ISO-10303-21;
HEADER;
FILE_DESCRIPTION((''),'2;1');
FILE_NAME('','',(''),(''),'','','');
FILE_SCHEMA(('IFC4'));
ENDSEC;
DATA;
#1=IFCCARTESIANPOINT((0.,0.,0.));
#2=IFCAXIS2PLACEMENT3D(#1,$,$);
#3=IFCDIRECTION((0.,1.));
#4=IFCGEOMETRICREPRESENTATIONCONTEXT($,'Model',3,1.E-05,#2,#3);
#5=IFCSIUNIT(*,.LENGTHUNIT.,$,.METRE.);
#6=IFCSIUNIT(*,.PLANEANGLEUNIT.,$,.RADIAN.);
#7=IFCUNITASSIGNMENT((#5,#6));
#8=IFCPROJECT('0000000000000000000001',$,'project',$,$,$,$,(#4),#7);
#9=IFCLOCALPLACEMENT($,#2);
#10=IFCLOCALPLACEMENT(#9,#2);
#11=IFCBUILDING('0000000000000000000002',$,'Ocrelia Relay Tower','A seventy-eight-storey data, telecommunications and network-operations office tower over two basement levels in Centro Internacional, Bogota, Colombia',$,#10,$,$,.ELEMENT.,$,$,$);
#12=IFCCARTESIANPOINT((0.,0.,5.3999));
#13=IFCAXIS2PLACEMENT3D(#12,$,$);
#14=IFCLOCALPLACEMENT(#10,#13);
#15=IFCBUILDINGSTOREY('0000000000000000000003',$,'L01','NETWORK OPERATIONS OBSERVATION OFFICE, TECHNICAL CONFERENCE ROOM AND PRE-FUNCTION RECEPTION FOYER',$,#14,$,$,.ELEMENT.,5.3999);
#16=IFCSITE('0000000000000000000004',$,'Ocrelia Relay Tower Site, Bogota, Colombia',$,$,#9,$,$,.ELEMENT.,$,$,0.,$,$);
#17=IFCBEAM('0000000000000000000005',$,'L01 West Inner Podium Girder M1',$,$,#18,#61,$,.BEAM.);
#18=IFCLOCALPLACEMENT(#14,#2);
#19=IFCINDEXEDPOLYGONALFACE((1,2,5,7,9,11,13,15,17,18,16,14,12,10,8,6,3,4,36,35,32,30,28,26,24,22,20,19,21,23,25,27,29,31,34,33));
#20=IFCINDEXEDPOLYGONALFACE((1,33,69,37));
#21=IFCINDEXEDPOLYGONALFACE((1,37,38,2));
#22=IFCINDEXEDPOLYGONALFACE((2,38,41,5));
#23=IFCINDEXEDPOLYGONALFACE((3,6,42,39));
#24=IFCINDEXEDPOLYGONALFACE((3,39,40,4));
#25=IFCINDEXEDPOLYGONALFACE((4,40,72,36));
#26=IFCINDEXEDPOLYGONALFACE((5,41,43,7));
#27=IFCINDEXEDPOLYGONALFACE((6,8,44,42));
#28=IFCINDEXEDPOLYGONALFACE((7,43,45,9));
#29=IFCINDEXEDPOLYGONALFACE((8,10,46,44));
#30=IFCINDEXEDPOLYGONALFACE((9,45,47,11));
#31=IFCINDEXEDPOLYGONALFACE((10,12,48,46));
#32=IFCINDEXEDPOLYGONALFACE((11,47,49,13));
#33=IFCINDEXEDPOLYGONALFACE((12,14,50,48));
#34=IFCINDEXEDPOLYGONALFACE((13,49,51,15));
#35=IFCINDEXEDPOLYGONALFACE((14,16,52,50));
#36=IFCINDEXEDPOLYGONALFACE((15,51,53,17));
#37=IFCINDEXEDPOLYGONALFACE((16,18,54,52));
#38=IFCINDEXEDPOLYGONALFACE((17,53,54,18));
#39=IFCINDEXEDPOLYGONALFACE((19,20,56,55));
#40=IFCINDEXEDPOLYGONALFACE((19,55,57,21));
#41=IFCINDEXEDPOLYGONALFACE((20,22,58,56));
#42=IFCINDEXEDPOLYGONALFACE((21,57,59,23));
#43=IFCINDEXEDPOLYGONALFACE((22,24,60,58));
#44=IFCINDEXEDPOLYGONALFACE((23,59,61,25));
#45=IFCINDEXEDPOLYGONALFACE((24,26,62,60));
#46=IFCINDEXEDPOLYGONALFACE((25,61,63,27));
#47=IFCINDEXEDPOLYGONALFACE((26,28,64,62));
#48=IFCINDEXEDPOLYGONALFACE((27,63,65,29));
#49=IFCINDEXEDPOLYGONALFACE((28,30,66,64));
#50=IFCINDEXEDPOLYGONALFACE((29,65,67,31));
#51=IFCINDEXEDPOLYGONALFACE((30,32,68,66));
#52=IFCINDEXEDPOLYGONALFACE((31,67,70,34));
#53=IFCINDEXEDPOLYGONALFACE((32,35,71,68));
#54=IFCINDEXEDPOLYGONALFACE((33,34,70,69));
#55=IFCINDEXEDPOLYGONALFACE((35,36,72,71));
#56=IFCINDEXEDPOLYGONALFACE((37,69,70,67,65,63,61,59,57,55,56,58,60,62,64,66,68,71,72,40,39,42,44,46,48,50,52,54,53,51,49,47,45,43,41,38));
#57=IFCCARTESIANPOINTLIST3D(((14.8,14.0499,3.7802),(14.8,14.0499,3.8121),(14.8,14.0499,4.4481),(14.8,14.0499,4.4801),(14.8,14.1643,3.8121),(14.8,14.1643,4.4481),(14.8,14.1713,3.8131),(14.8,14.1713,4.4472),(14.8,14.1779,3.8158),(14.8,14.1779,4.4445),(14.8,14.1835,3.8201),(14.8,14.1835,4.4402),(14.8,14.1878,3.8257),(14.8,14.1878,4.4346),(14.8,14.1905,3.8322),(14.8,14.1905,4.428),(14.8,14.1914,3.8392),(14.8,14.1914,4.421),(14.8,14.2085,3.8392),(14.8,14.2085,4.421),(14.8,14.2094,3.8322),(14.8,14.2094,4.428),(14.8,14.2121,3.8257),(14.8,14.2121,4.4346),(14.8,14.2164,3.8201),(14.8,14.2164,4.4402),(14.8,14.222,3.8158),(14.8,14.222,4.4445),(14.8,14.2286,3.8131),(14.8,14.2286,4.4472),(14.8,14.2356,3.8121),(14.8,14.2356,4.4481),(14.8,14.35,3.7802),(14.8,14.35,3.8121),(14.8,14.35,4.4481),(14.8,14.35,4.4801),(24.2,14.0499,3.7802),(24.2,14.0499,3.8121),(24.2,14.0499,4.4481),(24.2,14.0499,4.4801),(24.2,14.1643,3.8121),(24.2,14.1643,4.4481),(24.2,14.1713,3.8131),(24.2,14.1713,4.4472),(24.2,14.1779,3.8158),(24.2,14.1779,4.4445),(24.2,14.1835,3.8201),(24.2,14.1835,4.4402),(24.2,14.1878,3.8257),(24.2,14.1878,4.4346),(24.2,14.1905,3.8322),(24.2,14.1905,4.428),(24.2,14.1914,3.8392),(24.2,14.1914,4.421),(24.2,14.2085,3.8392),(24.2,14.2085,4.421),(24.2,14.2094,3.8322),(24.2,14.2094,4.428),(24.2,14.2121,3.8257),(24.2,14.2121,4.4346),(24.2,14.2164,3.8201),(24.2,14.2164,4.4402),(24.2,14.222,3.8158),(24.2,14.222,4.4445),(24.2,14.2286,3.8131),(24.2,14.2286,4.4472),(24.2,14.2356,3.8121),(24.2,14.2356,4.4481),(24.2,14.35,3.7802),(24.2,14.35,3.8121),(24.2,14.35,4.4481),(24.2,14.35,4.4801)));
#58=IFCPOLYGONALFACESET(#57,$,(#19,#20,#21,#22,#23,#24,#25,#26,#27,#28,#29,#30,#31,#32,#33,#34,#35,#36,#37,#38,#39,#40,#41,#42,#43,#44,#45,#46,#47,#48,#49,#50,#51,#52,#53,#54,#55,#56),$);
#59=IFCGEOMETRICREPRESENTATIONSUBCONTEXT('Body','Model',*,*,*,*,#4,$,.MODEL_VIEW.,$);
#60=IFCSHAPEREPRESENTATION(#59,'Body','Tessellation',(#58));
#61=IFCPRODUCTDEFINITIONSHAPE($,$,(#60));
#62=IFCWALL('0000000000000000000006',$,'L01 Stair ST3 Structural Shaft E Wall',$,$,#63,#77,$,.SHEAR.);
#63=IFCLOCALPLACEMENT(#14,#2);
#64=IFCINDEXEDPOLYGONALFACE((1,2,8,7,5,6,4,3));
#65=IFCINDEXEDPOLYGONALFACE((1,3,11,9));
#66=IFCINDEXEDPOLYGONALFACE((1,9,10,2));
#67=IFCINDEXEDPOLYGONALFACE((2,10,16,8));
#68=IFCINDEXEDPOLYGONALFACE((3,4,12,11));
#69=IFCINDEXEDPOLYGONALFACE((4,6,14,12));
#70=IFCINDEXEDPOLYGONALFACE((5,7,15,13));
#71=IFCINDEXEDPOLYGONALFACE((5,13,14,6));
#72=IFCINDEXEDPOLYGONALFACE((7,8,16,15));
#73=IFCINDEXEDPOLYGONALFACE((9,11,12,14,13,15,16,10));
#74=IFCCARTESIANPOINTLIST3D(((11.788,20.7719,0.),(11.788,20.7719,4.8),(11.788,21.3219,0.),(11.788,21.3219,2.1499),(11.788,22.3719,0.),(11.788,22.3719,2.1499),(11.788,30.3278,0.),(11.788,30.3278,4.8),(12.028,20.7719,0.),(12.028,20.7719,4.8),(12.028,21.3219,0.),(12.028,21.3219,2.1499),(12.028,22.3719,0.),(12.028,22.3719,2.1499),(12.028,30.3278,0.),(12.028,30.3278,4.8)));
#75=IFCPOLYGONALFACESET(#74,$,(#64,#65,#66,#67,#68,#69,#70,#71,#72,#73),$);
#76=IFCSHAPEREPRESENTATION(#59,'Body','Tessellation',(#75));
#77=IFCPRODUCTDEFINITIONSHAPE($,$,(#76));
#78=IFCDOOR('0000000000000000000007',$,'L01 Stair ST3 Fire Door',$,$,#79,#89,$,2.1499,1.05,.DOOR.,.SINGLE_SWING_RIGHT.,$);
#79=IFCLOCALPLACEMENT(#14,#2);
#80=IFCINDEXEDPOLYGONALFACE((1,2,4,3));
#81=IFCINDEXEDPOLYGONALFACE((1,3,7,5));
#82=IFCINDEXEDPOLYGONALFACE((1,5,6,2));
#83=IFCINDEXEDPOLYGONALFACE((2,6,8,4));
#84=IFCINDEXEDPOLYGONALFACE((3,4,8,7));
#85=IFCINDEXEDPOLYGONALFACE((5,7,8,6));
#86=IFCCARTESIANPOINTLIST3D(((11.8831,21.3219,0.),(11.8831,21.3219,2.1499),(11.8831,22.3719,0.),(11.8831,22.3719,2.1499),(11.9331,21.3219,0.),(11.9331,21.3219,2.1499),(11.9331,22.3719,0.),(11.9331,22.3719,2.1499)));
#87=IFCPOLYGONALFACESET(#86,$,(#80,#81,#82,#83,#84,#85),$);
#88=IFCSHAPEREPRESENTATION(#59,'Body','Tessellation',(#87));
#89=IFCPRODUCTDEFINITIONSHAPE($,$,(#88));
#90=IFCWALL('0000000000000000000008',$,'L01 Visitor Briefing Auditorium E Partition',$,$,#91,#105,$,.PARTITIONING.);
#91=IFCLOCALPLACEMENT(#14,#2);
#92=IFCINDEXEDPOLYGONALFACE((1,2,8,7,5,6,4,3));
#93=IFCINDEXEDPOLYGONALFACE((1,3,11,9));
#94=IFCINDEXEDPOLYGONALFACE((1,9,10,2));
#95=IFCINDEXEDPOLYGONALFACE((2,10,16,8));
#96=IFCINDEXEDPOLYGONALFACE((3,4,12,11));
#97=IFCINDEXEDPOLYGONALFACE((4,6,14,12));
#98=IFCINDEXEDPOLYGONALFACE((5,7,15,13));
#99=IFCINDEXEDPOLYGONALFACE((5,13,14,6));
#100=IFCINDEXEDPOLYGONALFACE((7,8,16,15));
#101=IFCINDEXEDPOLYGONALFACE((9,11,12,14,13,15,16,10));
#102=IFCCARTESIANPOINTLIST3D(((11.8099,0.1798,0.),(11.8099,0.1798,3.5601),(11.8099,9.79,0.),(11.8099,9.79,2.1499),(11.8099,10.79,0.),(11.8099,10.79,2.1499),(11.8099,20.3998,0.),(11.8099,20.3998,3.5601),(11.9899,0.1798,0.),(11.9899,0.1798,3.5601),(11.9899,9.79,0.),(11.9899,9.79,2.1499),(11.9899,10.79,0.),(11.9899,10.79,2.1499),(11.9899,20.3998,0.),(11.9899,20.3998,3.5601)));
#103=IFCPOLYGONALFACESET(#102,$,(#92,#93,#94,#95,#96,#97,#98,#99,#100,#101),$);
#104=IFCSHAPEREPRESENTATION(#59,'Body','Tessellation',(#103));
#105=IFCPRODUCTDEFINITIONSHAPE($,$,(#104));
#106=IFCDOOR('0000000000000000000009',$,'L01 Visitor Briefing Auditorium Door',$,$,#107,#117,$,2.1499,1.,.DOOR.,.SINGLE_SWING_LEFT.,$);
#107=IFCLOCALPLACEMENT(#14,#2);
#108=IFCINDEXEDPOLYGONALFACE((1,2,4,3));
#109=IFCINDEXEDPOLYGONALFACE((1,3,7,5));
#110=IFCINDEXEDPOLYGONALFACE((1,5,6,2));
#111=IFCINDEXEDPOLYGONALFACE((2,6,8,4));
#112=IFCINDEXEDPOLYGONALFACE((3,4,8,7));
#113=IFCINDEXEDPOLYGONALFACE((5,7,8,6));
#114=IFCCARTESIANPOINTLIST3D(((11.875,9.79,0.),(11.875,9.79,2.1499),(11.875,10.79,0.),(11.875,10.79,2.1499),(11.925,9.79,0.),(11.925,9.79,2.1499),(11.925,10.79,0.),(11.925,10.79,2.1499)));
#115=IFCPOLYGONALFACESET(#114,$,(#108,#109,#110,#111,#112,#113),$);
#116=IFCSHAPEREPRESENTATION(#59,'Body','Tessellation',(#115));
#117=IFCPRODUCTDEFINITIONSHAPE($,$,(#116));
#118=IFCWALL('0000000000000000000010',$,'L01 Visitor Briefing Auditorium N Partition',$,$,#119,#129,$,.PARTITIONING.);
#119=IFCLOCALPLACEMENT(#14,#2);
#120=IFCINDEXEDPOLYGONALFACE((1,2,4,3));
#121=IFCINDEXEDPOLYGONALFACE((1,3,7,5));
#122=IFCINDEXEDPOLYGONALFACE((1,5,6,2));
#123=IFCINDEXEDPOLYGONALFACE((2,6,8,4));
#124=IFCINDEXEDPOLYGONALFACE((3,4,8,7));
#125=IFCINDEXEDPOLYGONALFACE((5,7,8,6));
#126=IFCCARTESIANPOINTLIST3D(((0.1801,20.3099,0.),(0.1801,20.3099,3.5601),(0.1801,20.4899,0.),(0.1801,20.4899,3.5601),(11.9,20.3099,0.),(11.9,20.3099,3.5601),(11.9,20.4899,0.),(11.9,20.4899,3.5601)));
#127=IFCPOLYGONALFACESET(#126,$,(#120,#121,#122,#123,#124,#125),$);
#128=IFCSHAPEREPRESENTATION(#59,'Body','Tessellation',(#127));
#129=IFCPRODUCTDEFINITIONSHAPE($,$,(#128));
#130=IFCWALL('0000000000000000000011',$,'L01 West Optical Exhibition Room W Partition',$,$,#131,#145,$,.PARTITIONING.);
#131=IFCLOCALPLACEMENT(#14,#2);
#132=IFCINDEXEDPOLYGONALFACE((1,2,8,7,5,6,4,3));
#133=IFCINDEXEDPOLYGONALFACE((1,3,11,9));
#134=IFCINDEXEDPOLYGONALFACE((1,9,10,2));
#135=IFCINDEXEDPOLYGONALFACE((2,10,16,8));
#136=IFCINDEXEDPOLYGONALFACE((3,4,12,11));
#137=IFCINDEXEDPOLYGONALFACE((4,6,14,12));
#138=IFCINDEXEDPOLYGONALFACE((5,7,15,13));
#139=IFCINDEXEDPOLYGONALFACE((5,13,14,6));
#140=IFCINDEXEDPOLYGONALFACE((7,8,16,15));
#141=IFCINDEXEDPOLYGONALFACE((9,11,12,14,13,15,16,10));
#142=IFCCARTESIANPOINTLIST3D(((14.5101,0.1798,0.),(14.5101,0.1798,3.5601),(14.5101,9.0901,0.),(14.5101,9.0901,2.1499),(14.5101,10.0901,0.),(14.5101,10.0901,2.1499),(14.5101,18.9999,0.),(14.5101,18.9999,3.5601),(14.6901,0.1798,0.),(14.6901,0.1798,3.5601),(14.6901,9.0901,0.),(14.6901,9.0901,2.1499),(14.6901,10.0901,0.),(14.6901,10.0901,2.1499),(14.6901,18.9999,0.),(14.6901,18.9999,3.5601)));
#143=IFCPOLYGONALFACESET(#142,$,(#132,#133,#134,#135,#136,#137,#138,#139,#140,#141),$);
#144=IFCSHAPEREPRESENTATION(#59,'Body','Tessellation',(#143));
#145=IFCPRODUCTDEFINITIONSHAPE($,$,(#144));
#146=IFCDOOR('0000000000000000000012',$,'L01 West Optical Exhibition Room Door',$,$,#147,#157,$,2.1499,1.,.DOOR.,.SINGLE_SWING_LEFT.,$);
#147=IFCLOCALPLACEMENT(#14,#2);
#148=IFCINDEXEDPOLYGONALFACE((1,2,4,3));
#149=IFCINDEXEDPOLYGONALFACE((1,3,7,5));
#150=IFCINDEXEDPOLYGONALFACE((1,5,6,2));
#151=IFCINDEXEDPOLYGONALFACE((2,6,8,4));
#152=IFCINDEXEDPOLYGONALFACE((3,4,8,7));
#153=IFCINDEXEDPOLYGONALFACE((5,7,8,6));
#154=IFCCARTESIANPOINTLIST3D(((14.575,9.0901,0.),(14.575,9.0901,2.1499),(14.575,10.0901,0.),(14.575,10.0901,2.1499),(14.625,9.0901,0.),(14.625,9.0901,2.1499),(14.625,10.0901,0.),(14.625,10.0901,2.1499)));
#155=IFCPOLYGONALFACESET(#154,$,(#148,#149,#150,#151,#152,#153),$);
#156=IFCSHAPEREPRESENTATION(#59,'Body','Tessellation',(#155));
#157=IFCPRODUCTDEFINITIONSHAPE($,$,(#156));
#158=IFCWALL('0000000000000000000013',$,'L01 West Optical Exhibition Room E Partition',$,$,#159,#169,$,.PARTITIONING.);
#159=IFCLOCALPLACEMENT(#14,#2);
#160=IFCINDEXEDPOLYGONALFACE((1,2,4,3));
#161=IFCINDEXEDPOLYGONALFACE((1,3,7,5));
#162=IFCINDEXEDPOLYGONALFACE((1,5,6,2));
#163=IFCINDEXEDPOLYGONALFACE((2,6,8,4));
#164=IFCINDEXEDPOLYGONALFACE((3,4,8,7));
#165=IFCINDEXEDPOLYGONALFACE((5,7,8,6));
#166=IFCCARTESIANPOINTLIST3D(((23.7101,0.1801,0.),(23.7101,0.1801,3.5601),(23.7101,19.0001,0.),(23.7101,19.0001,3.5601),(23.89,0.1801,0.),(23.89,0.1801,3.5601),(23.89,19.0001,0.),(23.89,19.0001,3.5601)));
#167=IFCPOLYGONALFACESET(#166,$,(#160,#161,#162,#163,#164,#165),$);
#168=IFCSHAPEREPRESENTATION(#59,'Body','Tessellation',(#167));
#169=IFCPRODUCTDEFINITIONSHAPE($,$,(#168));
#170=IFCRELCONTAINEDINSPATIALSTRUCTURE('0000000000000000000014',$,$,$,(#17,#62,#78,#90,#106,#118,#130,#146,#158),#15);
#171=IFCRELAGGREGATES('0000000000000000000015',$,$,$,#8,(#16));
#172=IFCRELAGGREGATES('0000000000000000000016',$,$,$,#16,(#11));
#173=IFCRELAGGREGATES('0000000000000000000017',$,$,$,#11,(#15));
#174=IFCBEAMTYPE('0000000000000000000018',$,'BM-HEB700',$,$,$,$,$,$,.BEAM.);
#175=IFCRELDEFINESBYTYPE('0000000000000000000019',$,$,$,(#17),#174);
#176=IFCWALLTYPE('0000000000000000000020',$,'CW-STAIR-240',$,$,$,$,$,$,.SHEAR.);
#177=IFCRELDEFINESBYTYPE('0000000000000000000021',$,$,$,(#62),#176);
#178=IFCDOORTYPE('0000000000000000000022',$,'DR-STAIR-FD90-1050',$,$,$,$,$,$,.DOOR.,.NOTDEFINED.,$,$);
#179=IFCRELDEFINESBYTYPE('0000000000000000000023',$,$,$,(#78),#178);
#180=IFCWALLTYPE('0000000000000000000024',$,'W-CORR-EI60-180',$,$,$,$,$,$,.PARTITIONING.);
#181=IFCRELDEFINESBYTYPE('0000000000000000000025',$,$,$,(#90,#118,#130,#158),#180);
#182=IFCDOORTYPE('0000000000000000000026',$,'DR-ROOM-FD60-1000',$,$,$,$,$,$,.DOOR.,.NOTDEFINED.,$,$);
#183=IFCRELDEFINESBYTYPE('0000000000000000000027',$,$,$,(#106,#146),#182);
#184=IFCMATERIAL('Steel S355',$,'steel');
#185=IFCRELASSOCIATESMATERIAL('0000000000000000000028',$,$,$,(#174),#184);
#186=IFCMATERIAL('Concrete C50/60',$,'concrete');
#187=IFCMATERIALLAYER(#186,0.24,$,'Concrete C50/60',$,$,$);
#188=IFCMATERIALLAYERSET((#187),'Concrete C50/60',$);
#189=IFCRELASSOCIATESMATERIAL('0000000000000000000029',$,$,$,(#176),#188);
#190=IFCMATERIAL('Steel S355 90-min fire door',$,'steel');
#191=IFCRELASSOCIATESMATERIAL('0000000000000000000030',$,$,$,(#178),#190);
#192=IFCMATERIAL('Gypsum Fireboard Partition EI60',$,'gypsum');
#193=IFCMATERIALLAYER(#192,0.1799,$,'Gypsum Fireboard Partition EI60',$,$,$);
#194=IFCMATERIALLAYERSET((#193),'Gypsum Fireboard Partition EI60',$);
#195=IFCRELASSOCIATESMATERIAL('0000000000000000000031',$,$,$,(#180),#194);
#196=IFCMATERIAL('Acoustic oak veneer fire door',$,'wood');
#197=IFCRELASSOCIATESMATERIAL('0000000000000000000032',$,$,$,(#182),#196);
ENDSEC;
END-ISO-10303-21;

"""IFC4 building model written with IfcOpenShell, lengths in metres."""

from ifc_helpers import new_model, si_unit, direction, frame, frame_2d, origin, origin_2d, place, context, subcontext, project, spatial, rectangle, i_section, extrude, material, layer, layer_set, material_profile, profile_set, type_object, element, fill, save


model = new_model("IFC4")

# Units and contexts
model_context = context("Model", 3, precision=1e-05, world=origin(), true_north=direction((0.0, 1.0)))
body_context = subcontext(model_context, "Body", "Model", "MODEL_VIEW")
ifc_project = project(units=[si_unit("LENGTHUNIT", "METRE"), si_unit("PLANEANGLEUNIT", "RADIAN")], contexts=[model_context])

# Site, building, storey
site_placement = place(None, origin())
site = spatial("IfcSite", under=ifc_project, at=site_placement, Name="Ocrelia Relay Tower Site, Bogota, Colombia", CompositionType="ELEMENT", RefElevation=0.0)
building_placement = place(site_placement, origin())
building = spatial("IfcBuilding", under=site, at=building_placement, Name="Ocrelia Relay Tower", Description="A seventy-eight-storey data, telecommunications and network-operations office tower over two basement levels in Centro Internacional, Bogota, Colombia", CompositionType="ELEMENT")
storey_placement = place(building_placement, frame((0.0, 0.0, 5.3999)))
storey = spatial("IfcBuildingStorey", under=building, at=storey_placement, Name="L01", Description="NETWORK OPERATIONS OBSERVATION OFFICE, TECHNICAL CONFERENCE ROOM AND PRE-FUNCTION RECEPTION FOYER", CompositionType="ELEMENT", Elevation=5.3999)

# Beam
ifc_material_1 = material(Name="Steel S355", Category="steel")
ifc_material_profile_1 = material_profile(ifc_material_1, i_section(OverallWidth=0.3, OverallDepth=0.7, WebThickness=0.0171, FlangeThickness=0.032, FilletRadius=0.0271, at=origin_2d()), Name="HEB 700")
ifc_profile_set_1 = profile_set([ifc_material_profile_1], Name="Steel S355")
beam_type_1 = type_object("IfcBeamType", Name="BM-HEB700", PredefinedType="BEAM", material=ifc_profile_set_1)
for number, where, z_axis, x_axis, name in (
    (1, (14.8, 14.2, 4.1301), (1.0, 0.0, 0.0), (0.0, 1.0, 0.0), "L01 West Inner Podium Girder M1"),
):
    element("IfcBeam", number, at=place(storey_placement, frame(where, z_axis=z_axis, x_axis=x_axis)), inside=storey, type_object=beam_type_1, Name=name, PredefinedType="BEAM", context=body_context, shape_type="SweptSolid", body=[
        extrude(i_section(OverallWidth=0.3, OverallDepth=0.7, WebThickness=0.0171, FlangeThickness=0.032, FilletRadius=0.0271, at=origin_2d()), origin(), (0.0, 0.0, 1.0), 9.3999),
    ])

# Walls, openings, doors
ifc_material_2 = material(Name="Concrete C50/60", Category="concrete")
ifc_layer_1 = layer(ifc_material_2, 0.24, Name="Concrete C50/60")
ifc_layer_set_1 = layer_set([ifc_layer_1], Name="Concrete C50/60")
wall_type_1 = type_object("IfcWallType", Name="CW-STAIR-240", PredefinedType="SHEAR", material=ifc_layer_set_1)
wall_1_placement = place(storey_placement, frame((11.908, 20.772, 0.0), z_axis=(0.0, 0.0, 1.0), x_axis=(0.0, 1.0, 0.0)))
wall_1 = element("IfcWall", 2, at=wall_1_placement, inside=storey, type_object=wall_type_1, Name="L01 Stair ST3 Structural Shaft E Wall", PredefinedType="SHEAR", context=body_context, shape_type="SweptSolid", body=[
    extrude(rectangle(XDim=9.5559, YDim=0.24, at=frame_2d((4.7778, 0.0))), origin(), (0.0, 0.0, 1.0), 4.8),
])
opening_1_placement = place(wall_1_placement, frame((0.55, 0.0, 0.0)))
opening_1 = element("IfcOpeningElement", 3, at=opening_1_placement, cuts=wall_1, PredefinedType="OPENING", context=body_context, shape_type="SweptSolid", body=[
    extrude(rectangle(XDim=1.05, YDim=2.1499, at=frame_2d((0.5249, 1.075))), frame((0.0, 0.1299, 0.0), z_axis=(0.0, -1.0, 0.0), x_axis=(1.0, 0.0, 0.0)), (0.0, 0.0, 1.0), 0.26),
])
ifc_material_3 = material(Name="Steel S355 90-min fire door", Category="steel")
door_type_1 = type_object("IfcDoorType", Name="DR-STAIR-FD90-1050", OperationType="NOTDEFINED", PredefinedType="DOOR", material=ifc_material_3)
door_1_placement = place(opening_1_placement, origin())
door_1 = element("IfcDoor", 4, at=door_1_placement, inside=storey, type_object=door_type_1, Name="L01 Stair ST3 Fire Door", OperationType="SINGLE_SWING_RIGHT", OverallHeight=2.1499, OverallWidth=1.05, PredefinedType="DOOR", context=body_context, shape_type="SweptSolid", body=[
    extrude(rectangle(XDim=1.05, YDim=2.1499, at=frame_2d((0.5249, 1.075))), frame((0.0, 0.0249, 0.0), z_axis=(0.0, -1.0, 0.0), x_axis=(1.0, 0.0, 0.0)), (0.0, 0.0, 1.0), 0.05),
])
fill(opening_1, door_1)
ifc_material_4 = material(Name="Gypsum Fireboard Partition EI60", Category="gypsum")
ifc_layer_2 = layer(ifc_material_4, 0.1799, Name="Gypsum Fireboard Partition EI60")
ifc_layer_set_2 = layer_set([ifc_layer_2], Name="Gypsum Fireboard Partition EI60")
wall_type_2 = type_object("IfcWallType", Name="W-CORR-EI60-180", PredefinedType="PARTITIONING", material=ifc_layer_set_2)
wall_2_placement = place(storey_placement, frame((11.8999, 0.1799, 0.0), z_axis=(0.0, 0.0, 1.0), x_axis=(0.0, 1.0, 0.0)))
wall_2 = element("IfcWall", 5, at=wall_2_placement, inside=storey, type_object=wall_type_2, Name="L01 Visitor Briefing Auditorium E Partition", PredefinedType="PARTITIONING", context=body_context, shape_type="SweptSolid", body=[
    extrude(rectangle(XDim=20.22, YDim=0.1799, at=frame_2d((10.1099, 0.0))), origin(), (0.0, 0.0, 1.0), 3.5601),
])
opening_2_placement = place(wall_2_placement, frame((9.6101, 0.0, 0.0)))
opening_2 = element("IfcOpeningElement", 6, at=opening_2_placement, cuts=wall_2, PredefinedType="OPENING", context=body_context, shape_type="SweptSolid", body=[
    extrude(rectangle(XDim=1.0, YDim=2.1499, at=frame_2d((0.5, 1.075))), frame((0.0, 0.1001, 0.0), z_axis=(0.0, -1.0, 0.0), x_axis=(1.0, 0.0, 0.0)), (0.0, 0.0, 1.0), 0.2),
])
ifc_material_5 = material(Name="Acoustic oak veneer fire door", Category="wood")
door_type_2 = type_object("IfcDoorType", Name="DR-ROOM-FD60-1000", OperationType="NOTDEFINED", PredefinedType="DOOR", material=ifc_material_5)
door_2_placement = place(opening_2_placement, origin())
door_2 = element("IfcDoor", 7, at=door_2_placement, inside=storey, type_object=door_type_2, Name="L01 Visitor Briefing Auditorium Door", OperationType="SINGLE_SWING_LEFT", OverallHeight=2.1499, OverallWidth=1.0, PredefinedType="DOOR", context=body_context, shape_type="SweptSolid", body=[
    extrude(rectangle(XDim=1.0, YDim=2.1499, at=frame_2d((0.5, 1.075))), frame((0.0, 0.0249, 0.0), z_axis=(0.0, -1.0, 0.0), x_axis=(1.0, 0.0, 0.0)), (0.0, 0.0, 1.0), 0.05),
])
fill(opening_2, door_2)

# Wall
wall_3_placement = place(storey_placement, frame((11.8999, 20.3999, 0.0), z_axis=(0.0, 0.0, 1.0), x_axis=(-1.0, 0.0, 0.0)))
element("IfcWall", 8, at=wall_3_placement, inside=storey, type_object=wall_type_2, Name="L01 Visitor Briefing Auditorium N Partition", PredefinedType="PARTITIONING", context=body_context, shape_type="SweptSolid", body=[
    extrude(rectangle(XDim=11.72, YDim=0.1799, at=frame_2d((5.8599, 0.0))), origin(), (0.0, 0.0, 1.0), 3.5601),
])

# Wall, opening, door
wall_4_placement = place(storey_placement, frame((14.6001, 19.0, 0.0), z_axis=(0.0, 0.0, 1.0), x_axis=(0.0, -1.0, 0.0)))
wall_4 = element("IfcWall", 9, at=wall_4_placement, inside=storey, type_object=wall_type_2, Name="L01 West Optical Exhibition Room W Partition", PredefinedType="PARTITIONING", context=body_context, shape_type="SweptSolid", body=[
    extrude(rectangle(XDim=18.8201, YDim=0.1799, at=frame_2d((9.4102, 0.0))), origin(), (0.0, 0.0, 1.0), 3.5601),
])
opening_3_placement = place(wall_4_placement, frame((8.9099, 0.0, 0.0)))
opening_3 = element("IfcOpeningElement", 10, at=opening_3_placement, cuts=wall_4, PredefinedType="OPENING", context=body_context, shape_type="SweptSolid", body=[
    extrude(rectangle(XDim=1.0, YDim=2.1499, at=frame_2d((0.5, 1.075))), frame((0.0, 0.1001, 0.0), z_axis=(0.0, -1.0, 0.0), x_axis=(1.0, 0.0, 0.0)), (0.0, 0.0, 1.0), 0.2),
])
door_3_placement = place(opening_3_placement, origin())
door_3 = element("IfcDoor", 11, at=door_3_placement, inside=storey, type_object=door_type_2, Name="L01 West Optical Exhibition Room Door", OperationType="SINGLE_SWING_LEFT", OverallHeight=2.1499, OverallWidth=1.0, PredefinedType="DOOR", context=body_context, shape_type="SweptSolid", body=[
    extrude(rectangle(XDim=1.0, YDim=2.1499, at=frame_2d((0.5, 1.075))), frame((0.0, 0.0249, 0.0), z_axis=(0.0, -1.0, 0.0), x_axis=(1.0, 0.0, 0.0)), (0.0, 0.0, 1.0), 0.05),
])
fill(opening_3, door_3)

# Wall
wall_5_placement = place(storey_placement, frame((23.8, 0.1799, 0.0), z_axis=(0.0, 0.0, 1.0), x_axis=(0.0, 1.0, 0.0)))
element("IfcWall", 12, at=wall_5_placement, inside=storey, type_object=wall_type_2, Name="L01 West Optical Exhibition Room E Partition", PredefinedType="PARTITIONING", context=body_context, shape_type="SweptSolid", body=[
    extrude(rectangle(XDim=18.8201, YDim=0.1799, at=frame_2d((9.4102, 0.0))), origin(), (0.0, 0.0, 1.0), 3.5601),
])

save(model, "model.ifc")
